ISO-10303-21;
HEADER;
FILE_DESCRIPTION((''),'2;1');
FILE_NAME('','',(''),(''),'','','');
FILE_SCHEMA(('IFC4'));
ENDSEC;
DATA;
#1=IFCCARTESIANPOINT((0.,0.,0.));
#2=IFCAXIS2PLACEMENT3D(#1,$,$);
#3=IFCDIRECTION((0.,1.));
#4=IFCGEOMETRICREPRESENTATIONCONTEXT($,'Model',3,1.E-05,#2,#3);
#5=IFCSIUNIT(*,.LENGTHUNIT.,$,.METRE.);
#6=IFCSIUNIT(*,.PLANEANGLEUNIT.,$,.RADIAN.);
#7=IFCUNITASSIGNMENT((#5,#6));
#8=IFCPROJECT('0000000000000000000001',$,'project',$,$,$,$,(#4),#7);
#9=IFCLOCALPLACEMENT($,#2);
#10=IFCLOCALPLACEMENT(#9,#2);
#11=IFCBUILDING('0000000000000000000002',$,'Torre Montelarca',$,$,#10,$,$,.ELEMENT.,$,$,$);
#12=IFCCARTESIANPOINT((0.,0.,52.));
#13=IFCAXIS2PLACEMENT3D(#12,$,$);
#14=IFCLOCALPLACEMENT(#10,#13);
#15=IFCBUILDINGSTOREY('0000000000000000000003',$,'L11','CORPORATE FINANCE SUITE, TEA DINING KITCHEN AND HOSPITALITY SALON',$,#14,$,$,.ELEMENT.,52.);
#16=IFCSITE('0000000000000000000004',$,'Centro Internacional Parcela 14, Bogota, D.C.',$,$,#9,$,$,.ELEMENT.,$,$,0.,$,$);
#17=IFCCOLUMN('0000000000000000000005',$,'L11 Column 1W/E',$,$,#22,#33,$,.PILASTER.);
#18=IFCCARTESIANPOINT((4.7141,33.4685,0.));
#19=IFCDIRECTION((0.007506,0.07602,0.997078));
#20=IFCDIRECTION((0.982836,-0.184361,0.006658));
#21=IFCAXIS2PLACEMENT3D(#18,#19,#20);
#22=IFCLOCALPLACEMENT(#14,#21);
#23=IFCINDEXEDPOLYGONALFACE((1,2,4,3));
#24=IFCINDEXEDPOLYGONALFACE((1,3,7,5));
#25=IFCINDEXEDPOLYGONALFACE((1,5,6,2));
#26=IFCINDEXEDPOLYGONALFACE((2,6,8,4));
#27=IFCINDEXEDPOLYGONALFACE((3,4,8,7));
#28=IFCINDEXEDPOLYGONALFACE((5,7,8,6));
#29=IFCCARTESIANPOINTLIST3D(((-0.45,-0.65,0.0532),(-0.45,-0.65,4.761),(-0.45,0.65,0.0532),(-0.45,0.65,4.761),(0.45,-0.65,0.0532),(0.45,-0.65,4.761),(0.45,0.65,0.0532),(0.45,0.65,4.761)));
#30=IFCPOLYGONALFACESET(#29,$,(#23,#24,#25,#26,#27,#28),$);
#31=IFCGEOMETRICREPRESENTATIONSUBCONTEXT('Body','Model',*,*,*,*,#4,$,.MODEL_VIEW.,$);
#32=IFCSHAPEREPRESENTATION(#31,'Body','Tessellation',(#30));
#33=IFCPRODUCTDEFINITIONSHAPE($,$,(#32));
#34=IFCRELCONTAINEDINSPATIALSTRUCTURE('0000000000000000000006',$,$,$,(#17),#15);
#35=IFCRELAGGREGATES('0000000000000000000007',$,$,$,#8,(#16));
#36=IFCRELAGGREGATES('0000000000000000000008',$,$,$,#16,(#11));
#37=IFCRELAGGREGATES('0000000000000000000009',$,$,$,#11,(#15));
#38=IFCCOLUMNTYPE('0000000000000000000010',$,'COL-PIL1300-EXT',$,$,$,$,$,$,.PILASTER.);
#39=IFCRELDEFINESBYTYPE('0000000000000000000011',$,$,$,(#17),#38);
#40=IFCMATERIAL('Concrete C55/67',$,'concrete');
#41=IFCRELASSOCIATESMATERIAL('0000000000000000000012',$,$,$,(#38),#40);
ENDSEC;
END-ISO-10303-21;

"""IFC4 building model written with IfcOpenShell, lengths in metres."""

from ifc_helpers import new_model, si_unit, direction, frame, origin, origin_2d, place, context, subcontext, project, spatial, rectangle, extrude, clip, halfspace, material, material_profile, profile_set, type_object, element, save


model = new_model("IFC4")

# Units and contexts
model_context = context("Model", 3, precision=1e-05, world=origin(), true_north=direction((0.0, 1.0)))
body_context = subcontext(model_context, "Body", "Model", "MODEL_VIEW")
ifc_project = project(units=[si_unit("LENGTHUNIT", "METRE"), si_unit("PLANEANGLEUNIT", "RADIAN")], contexts=[model_context])

# Site, building, storey
site_placement = place(None, origin())
site = spatial("IfcSite", under=ifc_project, at=site_placement, Name="Centro Internacional Parcela 14, Bogota, D.C.", CompositionType="ELEMENT", RefElevation=0.0)
building_placement = place(site_placement, origin())
building = spatial("IfcBuilding", under=site, at=building_placement, Name="Torre Montelarca", CompositionType="ELEMENT")
storey_placement = place(building_placement, frame((0.0, 0.0, 52.0)))
storey = spatial("IfcBuildingStorey", under=building, at=storey_placement, Name="L11", Description="CORPORATE FINANCE SUITE, TEA DINING KITCHEN AND HOSPITALITY SALON", CompositionType="ELEMENT", Elevation=52.0)

# Column
ifc_material_1 = material(Name="Concrete C55/67", Category="concrete")
ifc_material_profile_1 = material_profile(ifc_material_1, rectangle(XDim=0.8999, YDim=1.3, at=origin_2d()), Name="RC1300X900", Category="concrete")
ifc_profile_set_1 = profile_set([ifc_material_profile_1], Name="Concrete C55/67")
column_type_1 = type_object("IfcColumnType", Name="COL-PIL1300-EXT", PredefinedType="PILASTER", material=ifc_profile_set_1)
column_1_placement = place(storey_placement, frame((4.7141, 33.4685, 0.0), z_axis=(0.007506, 0.07602, 0.997078), x_axis=(0.982836, -0.184361, 0.006658)))
element("IfcColumn", 1, at=column_1_placement, inside=storey, type_object=column_type_1, Name="L11 Column 1W/E", PredefinedType="PILASTER", context=body_context, shape_type="Clipping", body=[
    clip(clip(extrude(rectangle(XDim=0.8999, YDim=1.3, at=origin_2d()), origin(), (0.0, 0.0, 1.0), 4.8142), halfspace(frame((0.0, 0.0, 0.0532), z_axis=(0.0, 0.0, -1.0), x_axis=(1.0, 0.0, 0.0)), False)), halfspace(frame((0.0, 0.0, 4.761), z_axis=(0.0, 0.0, 1.0), x_axis=(1.0, 0.0, 0.0)), False)),
])

save(model, "model.ifc")
